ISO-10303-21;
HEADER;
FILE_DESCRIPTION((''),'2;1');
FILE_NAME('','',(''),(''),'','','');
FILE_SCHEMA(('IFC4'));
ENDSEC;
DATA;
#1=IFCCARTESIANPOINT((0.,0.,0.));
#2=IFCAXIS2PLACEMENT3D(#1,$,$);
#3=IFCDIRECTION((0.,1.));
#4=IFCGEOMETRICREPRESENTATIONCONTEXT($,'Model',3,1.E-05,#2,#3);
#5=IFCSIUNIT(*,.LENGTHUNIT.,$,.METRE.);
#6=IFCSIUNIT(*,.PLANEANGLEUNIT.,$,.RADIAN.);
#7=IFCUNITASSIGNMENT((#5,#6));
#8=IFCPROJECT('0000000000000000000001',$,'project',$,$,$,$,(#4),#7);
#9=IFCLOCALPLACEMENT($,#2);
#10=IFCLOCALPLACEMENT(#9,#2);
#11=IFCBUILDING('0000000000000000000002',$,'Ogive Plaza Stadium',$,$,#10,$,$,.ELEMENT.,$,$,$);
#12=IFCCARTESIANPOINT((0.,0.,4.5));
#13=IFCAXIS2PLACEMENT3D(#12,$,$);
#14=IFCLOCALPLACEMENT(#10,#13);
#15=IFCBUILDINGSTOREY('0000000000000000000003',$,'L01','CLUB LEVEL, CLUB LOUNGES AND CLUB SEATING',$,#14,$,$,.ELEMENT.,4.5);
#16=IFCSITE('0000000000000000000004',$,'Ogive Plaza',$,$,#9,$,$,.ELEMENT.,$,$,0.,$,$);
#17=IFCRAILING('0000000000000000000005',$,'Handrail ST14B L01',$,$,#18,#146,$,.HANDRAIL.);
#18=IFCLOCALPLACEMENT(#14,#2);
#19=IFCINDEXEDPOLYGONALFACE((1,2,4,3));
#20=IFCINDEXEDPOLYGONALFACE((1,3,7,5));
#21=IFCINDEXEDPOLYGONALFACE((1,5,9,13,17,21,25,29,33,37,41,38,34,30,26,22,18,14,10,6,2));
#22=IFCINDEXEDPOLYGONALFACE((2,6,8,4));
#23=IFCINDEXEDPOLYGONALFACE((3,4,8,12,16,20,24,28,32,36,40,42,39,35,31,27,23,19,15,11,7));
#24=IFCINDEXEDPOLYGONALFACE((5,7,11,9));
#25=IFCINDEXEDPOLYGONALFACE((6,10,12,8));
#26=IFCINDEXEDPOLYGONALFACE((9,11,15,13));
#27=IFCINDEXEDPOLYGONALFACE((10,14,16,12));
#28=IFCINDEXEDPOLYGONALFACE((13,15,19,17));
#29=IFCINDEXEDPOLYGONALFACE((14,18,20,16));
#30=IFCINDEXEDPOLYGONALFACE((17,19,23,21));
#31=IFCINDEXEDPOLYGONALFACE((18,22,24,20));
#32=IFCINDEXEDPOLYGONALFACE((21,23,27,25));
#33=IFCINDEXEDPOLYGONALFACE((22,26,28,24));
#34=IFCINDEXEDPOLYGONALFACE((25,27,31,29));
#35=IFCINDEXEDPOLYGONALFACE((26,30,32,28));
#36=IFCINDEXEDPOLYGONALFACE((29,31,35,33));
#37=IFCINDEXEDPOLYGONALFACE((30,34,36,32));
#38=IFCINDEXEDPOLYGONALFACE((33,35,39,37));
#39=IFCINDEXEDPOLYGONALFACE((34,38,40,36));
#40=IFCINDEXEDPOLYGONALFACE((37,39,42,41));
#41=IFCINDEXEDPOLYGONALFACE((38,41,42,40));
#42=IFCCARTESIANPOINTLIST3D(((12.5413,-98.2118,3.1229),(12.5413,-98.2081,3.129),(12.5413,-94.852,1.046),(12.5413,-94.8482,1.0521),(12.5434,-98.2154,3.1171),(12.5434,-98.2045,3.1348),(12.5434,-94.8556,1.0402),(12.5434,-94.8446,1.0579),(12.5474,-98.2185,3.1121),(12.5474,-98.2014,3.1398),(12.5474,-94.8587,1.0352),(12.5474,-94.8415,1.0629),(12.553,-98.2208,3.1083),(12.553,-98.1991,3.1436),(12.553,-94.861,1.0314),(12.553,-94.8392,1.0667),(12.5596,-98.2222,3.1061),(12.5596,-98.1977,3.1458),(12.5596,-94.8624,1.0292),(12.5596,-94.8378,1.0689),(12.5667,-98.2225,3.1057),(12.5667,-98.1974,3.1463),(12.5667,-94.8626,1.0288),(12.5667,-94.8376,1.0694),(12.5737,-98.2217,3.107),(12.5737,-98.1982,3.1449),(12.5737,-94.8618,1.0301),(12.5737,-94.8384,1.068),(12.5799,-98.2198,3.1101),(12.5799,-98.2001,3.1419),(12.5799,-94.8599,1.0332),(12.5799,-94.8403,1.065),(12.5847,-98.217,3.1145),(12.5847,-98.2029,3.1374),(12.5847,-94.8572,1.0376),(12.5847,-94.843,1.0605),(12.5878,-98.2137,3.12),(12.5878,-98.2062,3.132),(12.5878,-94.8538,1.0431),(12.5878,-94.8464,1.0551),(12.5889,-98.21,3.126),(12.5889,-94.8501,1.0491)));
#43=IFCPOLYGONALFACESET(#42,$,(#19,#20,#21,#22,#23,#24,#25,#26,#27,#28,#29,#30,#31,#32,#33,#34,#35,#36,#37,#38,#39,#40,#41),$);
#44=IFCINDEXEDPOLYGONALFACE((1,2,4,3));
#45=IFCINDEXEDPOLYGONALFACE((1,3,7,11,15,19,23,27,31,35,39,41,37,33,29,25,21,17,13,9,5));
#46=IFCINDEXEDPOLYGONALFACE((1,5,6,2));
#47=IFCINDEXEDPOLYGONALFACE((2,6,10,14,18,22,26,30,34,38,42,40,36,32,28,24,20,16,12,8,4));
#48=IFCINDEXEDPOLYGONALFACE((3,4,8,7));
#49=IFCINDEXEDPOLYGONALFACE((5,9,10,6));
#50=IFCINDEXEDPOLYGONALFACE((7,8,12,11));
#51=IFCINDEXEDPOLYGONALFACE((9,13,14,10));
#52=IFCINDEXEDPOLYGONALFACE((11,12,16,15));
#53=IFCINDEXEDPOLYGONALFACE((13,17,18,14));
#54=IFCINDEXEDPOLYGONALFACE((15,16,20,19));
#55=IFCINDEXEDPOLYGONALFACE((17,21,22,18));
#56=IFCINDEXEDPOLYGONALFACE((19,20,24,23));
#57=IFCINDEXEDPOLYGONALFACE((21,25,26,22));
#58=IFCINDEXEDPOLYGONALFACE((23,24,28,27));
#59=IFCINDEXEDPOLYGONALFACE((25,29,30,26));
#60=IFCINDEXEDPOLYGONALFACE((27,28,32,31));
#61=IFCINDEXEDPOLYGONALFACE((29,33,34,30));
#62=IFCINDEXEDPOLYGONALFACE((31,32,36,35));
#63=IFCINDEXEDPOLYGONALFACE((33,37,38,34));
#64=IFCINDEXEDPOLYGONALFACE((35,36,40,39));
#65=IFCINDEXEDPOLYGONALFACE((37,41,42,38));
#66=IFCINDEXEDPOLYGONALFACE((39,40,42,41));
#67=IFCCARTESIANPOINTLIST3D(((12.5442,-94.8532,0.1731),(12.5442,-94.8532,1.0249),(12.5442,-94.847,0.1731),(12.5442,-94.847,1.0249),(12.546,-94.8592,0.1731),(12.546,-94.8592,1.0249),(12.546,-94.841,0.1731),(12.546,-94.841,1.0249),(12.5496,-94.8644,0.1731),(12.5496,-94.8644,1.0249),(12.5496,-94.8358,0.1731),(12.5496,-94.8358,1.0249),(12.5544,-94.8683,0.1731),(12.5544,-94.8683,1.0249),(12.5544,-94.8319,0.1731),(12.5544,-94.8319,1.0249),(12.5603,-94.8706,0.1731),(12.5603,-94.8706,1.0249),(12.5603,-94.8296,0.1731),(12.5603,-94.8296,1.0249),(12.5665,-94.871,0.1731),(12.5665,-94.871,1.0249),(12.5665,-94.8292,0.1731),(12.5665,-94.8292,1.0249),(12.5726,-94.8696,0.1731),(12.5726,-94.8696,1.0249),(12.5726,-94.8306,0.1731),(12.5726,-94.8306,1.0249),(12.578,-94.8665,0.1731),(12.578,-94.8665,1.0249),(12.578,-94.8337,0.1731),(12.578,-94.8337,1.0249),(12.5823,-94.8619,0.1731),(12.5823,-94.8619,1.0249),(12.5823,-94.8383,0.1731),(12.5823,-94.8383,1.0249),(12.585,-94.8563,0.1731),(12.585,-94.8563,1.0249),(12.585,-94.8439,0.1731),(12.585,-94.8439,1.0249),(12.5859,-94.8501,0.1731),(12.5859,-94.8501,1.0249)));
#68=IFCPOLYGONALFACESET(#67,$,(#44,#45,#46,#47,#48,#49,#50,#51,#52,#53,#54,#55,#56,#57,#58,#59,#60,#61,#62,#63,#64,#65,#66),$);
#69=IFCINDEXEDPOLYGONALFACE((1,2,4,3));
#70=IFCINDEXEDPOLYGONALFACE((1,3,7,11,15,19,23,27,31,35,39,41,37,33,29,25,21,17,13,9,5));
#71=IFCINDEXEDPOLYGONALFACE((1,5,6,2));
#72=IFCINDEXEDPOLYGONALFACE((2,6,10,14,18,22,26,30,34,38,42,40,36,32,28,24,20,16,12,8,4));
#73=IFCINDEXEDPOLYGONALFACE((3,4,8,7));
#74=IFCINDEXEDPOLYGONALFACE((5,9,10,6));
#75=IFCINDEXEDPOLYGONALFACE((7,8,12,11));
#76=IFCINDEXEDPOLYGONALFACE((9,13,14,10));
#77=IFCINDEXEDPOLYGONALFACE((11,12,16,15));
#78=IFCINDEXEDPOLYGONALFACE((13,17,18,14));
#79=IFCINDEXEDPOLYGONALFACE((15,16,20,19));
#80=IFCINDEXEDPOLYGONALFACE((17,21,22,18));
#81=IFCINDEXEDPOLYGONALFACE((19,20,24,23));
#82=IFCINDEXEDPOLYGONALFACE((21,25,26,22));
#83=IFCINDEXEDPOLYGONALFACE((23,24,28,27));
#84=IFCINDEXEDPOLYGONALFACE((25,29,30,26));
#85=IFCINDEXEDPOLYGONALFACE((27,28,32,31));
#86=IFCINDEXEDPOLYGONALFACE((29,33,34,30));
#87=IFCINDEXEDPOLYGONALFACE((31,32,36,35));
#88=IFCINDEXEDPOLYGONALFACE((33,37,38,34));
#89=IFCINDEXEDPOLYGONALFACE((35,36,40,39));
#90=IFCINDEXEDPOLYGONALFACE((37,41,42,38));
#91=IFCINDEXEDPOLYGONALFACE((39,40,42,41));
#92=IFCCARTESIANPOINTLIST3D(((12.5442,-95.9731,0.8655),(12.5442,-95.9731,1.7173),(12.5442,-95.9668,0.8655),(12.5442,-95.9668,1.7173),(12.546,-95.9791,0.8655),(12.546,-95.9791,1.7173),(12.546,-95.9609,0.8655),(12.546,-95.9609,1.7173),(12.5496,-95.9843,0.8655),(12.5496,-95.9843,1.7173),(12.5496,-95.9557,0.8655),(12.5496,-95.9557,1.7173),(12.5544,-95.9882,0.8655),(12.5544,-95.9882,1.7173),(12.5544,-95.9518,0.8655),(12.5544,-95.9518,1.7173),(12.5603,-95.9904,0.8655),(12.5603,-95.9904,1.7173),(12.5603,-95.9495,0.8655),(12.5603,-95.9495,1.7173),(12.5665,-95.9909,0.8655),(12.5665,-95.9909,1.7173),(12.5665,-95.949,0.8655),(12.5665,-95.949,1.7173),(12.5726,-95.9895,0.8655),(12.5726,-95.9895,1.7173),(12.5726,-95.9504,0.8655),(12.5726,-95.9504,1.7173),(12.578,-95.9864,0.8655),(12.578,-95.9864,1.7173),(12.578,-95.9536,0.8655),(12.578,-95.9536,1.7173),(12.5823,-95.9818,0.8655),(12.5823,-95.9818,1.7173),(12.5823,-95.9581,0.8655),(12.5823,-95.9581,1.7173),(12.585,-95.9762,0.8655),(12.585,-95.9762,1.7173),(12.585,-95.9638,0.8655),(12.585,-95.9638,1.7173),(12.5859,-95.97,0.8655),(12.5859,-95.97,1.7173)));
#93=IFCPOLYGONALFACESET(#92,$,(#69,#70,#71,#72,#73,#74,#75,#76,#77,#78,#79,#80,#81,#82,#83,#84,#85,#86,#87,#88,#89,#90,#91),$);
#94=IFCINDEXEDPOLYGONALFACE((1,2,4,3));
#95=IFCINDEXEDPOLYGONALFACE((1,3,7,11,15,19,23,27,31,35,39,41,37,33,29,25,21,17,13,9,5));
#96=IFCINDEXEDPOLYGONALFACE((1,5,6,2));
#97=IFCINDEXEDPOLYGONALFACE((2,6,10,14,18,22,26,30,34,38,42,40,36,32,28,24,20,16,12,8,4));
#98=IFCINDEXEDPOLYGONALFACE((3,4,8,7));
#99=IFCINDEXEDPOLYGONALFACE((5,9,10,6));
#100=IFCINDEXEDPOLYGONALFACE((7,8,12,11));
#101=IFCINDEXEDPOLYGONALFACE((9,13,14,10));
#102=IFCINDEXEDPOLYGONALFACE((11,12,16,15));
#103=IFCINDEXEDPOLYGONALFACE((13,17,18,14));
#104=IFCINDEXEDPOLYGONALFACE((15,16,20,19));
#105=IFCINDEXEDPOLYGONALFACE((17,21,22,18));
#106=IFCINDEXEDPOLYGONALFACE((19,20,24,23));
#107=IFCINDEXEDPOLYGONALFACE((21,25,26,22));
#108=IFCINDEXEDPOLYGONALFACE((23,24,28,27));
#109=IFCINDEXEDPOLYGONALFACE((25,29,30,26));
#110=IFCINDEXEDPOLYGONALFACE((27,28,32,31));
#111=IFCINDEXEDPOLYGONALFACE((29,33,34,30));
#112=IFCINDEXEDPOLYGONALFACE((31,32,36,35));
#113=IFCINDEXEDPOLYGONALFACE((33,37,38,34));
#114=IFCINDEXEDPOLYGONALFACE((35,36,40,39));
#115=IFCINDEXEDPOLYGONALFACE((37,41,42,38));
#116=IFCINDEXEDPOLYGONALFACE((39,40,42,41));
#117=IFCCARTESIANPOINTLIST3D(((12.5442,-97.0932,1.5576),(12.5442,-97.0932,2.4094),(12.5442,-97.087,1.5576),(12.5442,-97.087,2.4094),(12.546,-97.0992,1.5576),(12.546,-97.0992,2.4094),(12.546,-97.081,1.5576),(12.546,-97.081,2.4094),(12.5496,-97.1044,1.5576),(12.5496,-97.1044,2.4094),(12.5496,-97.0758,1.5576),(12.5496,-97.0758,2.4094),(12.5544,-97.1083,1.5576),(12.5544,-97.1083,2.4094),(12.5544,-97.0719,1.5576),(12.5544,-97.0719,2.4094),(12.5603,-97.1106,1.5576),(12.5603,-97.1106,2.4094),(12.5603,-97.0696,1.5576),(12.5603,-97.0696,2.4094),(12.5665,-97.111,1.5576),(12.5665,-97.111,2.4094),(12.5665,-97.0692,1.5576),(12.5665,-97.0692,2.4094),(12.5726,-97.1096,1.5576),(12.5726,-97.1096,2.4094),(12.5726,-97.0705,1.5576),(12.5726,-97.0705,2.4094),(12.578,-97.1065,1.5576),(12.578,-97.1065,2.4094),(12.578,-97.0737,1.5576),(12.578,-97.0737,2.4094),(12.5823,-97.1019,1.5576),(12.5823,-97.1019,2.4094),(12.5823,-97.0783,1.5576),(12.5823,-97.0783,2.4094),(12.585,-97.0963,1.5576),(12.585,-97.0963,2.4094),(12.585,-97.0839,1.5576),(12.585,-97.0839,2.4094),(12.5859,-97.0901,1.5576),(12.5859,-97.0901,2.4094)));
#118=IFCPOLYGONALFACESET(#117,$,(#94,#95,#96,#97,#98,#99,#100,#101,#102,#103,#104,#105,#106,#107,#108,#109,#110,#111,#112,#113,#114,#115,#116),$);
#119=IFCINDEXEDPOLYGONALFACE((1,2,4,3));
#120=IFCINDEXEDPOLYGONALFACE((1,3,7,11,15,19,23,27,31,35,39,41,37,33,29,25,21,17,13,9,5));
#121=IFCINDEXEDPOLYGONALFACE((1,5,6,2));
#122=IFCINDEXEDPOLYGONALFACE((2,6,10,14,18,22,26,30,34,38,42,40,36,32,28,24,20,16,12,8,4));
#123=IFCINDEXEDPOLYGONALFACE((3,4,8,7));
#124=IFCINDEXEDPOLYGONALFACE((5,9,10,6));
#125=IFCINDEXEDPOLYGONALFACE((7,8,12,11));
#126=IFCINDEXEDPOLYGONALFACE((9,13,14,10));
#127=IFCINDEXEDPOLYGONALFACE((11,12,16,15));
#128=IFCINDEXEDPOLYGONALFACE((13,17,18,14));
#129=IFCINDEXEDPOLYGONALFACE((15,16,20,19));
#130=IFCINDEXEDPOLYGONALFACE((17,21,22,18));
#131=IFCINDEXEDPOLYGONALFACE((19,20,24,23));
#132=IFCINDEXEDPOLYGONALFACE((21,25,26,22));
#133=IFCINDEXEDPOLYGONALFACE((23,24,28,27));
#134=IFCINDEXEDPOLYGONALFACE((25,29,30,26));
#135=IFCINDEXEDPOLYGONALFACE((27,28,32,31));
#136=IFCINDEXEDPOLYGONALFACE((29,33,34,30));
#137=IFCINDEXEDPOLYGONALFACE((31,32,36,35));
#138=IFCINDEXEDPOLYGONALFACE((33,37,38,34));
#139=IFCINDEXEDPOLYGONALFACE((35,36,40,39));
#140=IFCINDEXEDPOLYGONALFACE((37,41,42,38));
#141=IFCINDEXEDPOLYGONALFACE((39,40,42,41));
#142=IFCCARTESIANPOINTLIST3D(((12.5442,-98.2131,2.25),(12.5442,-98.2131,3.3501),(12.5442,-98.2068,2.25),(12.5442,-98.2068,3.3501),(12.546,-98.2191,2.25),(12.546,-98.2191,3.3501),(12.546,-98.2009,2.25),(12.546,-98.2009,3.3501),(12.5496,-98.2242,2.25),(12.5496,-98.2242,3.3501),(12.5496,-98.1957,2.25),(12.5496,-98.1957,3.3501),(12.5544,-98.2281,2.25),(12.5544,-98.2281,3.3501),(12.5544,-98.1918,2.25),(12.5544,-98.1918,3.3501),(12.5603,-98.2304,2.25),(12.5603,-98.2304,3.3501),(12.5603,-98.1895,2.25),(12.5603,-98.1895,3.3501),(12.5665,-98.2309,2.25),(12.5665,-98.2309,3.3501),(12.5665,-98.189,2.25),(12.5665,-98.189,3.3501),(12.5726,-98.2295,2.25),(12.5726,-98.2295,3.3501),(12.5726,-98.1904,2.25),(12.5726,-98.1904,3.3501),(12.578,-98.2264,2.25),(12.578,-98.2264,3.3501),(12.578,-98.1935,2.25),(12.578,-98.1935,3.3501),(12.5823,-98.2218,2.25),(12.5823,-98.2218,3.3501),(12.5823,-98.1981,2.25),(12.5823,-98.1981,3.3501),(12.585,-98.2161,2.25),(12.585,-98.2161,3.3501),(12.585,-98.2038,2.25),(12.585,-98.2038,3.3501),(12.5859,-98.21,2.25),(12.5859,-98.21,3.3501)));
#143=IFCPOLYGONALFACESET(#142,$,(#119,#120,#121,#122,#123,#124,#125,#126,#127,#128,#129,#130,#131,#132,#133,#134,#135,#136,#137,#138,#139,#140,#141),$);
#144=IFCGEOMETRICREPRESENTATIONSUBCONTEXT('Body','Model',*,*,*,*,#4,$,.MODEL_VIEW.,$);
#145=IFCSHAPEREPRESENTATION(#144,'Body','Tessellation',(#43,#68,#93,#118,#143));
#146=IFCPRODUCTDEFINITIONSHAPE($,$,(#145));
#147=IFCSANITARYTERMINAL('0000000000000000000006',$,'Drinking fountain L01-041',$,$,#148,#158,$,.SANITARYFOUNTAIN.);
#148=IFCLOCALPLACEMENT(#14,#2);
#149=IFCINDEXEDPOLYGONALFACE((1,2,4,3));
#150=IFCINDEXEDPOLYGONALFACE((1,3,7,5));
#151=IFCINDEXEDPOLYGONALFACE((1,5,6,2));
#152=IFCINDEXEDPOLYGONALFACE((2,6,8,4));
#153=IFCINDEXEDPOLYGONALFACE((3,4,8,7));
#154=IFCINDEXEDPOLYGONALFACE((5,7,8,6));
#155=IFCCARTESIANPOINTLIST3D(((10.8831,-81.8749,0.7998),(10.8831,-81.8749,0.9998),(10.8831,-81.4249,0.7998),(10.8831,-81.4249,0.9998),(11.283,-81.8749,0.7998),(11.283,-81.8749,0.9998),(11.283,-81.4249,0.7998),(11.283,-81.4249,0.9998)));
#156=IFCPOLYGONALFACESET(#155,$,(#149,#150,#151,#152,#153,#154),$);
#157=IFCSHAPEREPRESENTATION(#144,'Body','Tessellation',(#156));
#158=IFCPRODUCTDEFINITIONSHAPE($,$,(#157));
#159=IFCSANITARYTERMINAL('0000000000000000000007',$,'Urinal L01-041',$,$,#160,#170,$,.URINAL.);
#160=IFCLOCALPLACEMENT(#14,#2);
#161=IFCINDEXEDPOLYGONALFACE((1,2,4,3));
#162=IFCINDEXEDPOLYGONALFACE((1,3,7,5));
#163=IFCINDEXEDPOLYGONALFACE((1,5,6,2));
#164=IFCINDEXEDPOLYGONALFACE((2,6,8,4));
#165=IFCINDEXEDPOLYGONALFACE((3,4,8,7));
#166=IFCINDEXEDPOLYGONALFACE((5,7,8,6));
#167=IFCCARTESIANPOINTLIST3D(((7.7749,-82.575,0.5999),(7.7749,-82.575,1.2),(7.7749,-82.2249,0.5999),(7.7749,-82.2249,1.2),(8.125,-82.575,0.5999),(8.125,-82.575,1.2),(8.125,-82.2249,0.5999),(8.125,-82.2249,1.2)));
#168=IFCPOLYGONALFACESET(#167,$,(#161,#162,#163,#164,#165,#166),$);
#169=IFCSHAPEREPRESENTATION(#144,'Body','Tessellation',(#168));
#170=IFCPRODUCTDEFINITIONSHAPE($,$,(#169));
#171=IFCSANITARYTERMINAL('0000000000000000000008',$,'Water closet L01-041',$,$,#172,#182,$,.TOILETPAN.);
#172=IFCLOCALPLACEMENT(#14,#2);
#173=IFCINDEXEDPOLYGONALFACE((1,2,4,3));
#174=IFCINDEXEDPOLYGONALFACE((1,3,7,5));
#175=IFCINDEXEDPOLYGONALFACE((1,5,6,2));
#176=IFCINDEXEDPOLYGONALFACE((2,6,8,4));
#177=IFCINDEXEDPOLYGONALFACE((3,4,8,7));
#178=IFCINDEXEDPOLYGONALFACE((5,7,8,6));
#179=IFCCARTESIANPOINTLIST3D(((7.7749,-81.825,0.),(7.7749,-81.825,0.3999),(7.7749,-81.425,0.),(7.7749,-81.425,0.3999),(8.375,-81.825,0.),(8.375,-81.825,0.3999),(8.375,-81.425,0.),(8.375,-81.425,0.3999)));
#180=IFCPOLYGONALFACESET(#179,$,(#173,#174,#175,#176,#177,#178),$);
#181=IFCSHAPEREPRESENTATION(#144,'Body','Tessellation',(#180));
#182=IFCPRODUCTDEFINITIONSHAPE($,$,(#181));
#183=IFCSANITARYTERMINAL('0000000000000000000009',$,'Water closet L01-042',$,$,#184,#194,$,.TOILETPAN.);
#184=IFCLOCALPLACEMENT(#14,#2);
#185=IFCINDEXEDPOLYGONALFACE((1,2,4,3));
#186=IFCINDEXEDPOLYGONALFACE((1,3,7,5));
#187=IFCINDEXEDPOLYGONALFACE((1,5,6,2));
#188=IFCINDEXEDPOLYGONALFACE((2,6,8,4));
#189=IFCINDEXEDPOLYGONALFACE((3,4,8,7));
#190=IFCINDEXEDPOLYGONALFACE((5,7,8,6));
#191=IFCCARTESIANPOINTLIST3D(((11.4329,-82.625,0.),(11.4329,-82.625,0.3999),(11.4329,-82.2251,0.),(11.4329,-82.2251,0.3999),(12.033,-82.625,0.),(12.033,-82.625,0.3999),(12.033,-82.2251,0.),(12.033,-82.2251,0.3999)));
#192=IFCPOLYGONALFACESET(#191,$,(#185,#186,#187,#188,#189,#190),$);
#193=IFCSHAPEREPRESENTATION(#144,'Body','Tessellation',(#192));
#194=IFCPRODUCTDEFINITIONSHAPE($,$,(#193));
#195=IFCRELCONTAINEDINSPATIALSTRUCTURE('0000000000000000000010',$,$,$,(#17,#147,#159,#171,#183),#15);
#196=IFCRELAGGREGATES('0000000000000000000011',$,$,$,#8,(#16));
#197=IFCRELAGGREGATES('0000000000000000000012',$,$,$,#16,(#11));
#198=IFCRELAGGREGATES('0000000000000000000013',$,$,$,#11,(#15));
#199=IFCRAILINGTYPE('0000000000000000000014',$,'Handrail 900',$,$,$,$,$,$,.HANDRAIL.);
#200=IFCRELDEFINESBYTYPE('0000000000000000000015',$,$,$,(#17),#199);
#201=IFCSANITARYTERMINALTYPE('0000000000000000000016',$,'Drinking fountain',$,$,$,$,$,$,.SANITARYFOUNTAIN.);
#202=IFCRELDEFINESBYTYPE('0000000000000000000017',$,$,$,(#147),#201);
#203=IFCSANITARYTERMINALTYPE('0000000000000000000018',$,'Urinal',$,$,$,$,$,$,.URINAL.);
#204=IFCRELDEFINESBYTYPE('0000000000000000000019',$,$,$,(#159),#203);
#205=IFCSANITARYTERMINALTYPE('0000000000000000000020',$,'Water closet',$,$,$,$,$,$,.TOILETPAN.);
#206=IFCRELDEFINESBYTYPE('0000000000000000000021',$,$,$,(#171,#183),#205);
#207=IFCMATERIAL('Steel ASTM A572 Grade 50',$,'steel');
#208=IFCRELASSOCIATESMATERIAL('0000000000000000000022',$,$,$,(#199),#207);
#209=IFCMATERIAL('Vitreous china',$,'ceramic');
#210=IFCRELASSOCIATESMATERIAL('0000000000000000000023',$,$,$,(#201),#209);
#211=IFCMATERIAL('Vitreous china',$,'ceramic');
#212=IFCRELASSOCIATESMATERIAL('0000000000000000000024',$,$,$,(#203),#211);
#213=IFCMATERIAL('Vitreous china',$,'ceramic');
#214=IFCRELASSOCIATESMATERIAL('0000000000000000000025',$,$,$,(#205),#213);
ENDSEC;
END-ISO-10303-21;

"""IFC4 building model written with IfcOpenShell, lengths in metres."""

from ifc_helpers import new_model, si_unit, direction, frame, origin, origin_2d, place, context, subcontext, project, spatial, rectangle, circle, extrude, material, type_object, element, save


model = new_model("IFC4")

# Units and contexts
model_context = context("Model", 3, precision=1e-05, world=origin(), true_north=direction((0.0, 1.0)))
body_context = subcontext(model_context, "Body", "Model", "MODEL_VIEW")
ifc_project = project(units=[si_unit("LENGTHUNIT", "METRE"), si_unit("PLANEANGLEUNIT", "RADIAN")], contexts=[model_context])

# Site, building, storey
site_placement = place(None, origin())
site = spatial("IfcSite", under=ifc_project, at=site_placement, Name="Ogive Plaza", CompositionType="ELEMENT", RefElevation=0.0)
building_placement = place(site_placement, origin())
building = spatial("IfcBuilding", under=site, at=building_placement, Name="Ogive Plaza Stadium", CompositionType="ELEMENT")
storey_placement = place(building_placement, frame((0.0, 0.0, 4.5)))
storey = spatial("IfcBuildingStorey", under=building, at=storey_placement, Name="L01", Description="CLUB LEVEL, CLUB LOUNGES AND CLUB SEATING", CompositionType="ELEMENT", Elevation=4.5)

# Railing
ifc_material_1 = material(Name="Steel ASTM A572 Grade 50", Category="steel")
railing_type_1 = type_object("IfcRailingType", Name="Handrail 900", PredefinedType="HANDRAIL", material=ifc_material_1)
for number, where, name in (
    (1, (12.5649, -94.8501, 0.1731), "Handrail ST14B L01"),
):
    element("IfcRailing", number, at=place(storey_placement, frame(where)), inside=storey, type_object=railing_type_1, Name=name, PredefinedType="HANDRAIL", context=body_context, shape_type="SweptSolid", body=[
        extrude(circle(Radius=0.0239, at=origin_2d()), frame((0.0, 0.0, 0.876), z_axis=(0.0, -0.850606, 0.525803), x_axis=(1.0, 0.0, 0.0)), (0.0, 0.0, 1.0), 3.95),
        extrude(circle(Radius=0.021, at=origin_2d()), origin(), (0.0, 0.0, 1.0), 0.8518),
        extrude(circle(Radius=0.021, at=origin_2d()), frame((0.0, -1.1199, 0.6924)), (0.0, 0.0, 1.0), 0.8518),
        extrude(circle(Radius=0.021, at=origin_2d()), frame((0.0, -2.24, 1.3845)), (0.0, 0.0, 1.0), 0.8518),
        extrude(circle(Radius=0.021, at=origin_2d()), frame((0.0, -3.3599, 2.0769)), (0.0, 0.0, 1.0), 1.1001),
    ])

# Sanitary terminals
ifc_material_2 = material(Name="Vitreous china", Category="ceramic")
sanitary_terminal_type_1 = type_object("IfcSanitaryTerminalType", Name="Drinking fountain", PredefinedType="SANITARYFOUNTAIN", material=ifc_material_2)
sanitary_terminal_1_placement = place(storey_placement, frame((11.083, -81.6499, 0.7998), z_axis=(0.0, 0.0, 1.0), x_axis=(0.0, -1.0, 0.0)))
element("IfcSanitaryTerminal", 2, at=sanitary_terminal_1_placement, inside=storey, type_object=sanitary_terminal_type_1, Name="Drinking fountain L01-041", PredefinedType="SANITARYFOUNTAIN", context=body_context, shape_type="SweptSolid", body=[
    extrude(rectangle(XDim=0.45, YDim=0.3999, at=origin_2d()), origin(), (0.0, 0.0, 1.0), 0.2),
])
ifc_material_3 = material(Name="Vitreous china", Category="ceramic")
sanitary_terminal_type_2 = type_object("IfcSanitaryTerminalType", Name="Urinal", PredefinedType="URINAL", material=ifc_material_3)
sanitary_terminal_2_placement = place(storey_placement, frame((7.95, -82.3999, 0.5999), z_axis=(0.0, 0.0, 1.0), x_axis=(0.0, -1.0, 0.0)))
element("IfcSanitaryTerminal", 3, at=sanitary_terminal_2_placement, inside=storey, type_object=sanitary_terminal_type_2, Name="Urinal L01-041", PredefinedType="URINAL", context=body_context, shape_type="SweptSolid", body=[
    extrude(rectangle(XDim=0.3501, YDim=0.3501, at=origin_2d()), origin(), (0.0, 0.0, 1.0), 0.6001),
])
ifc_material_4 = material(Name="Vitreous china", Category="ceramic")
sanitary_terminal_type_3 = type_object("IfcSanitaryTerminalType", Name="Water closet", PredefinedType="TOILETPAN", material=ifc_material_4)
for number, where, z_axis, x_axis, name in (
    (4, (8.075, -81.625, 0.0), (0.0, 0.0, 1.0), (0.0, -1.0, 0.0), "Water closet L01-041"),
    (5, (11.7329, -82.425, 0.0), (0.0, 0.0, 1.0), (0.0, -1.0, 0.0), "Water closet L01-042"),
):
    element("IfcSanitaryTerminal", number, at=place(storey_placement, frame(where, z_axis=z_axis, x_axis=x_axis)), inside=storey, type_object=sanitary_terminal_type_3, Name=name, PredefinedType="TOILETPAN", context=body_context, shape_type="SweptSolid", body=[
        extrude(rectangle(XDim=0.3999, YDim=0.6001, at=origin_2d()), origin(), (0.0, 0.0, 1.0), 0.3999),
    ])

save(model, "model.ifc")
